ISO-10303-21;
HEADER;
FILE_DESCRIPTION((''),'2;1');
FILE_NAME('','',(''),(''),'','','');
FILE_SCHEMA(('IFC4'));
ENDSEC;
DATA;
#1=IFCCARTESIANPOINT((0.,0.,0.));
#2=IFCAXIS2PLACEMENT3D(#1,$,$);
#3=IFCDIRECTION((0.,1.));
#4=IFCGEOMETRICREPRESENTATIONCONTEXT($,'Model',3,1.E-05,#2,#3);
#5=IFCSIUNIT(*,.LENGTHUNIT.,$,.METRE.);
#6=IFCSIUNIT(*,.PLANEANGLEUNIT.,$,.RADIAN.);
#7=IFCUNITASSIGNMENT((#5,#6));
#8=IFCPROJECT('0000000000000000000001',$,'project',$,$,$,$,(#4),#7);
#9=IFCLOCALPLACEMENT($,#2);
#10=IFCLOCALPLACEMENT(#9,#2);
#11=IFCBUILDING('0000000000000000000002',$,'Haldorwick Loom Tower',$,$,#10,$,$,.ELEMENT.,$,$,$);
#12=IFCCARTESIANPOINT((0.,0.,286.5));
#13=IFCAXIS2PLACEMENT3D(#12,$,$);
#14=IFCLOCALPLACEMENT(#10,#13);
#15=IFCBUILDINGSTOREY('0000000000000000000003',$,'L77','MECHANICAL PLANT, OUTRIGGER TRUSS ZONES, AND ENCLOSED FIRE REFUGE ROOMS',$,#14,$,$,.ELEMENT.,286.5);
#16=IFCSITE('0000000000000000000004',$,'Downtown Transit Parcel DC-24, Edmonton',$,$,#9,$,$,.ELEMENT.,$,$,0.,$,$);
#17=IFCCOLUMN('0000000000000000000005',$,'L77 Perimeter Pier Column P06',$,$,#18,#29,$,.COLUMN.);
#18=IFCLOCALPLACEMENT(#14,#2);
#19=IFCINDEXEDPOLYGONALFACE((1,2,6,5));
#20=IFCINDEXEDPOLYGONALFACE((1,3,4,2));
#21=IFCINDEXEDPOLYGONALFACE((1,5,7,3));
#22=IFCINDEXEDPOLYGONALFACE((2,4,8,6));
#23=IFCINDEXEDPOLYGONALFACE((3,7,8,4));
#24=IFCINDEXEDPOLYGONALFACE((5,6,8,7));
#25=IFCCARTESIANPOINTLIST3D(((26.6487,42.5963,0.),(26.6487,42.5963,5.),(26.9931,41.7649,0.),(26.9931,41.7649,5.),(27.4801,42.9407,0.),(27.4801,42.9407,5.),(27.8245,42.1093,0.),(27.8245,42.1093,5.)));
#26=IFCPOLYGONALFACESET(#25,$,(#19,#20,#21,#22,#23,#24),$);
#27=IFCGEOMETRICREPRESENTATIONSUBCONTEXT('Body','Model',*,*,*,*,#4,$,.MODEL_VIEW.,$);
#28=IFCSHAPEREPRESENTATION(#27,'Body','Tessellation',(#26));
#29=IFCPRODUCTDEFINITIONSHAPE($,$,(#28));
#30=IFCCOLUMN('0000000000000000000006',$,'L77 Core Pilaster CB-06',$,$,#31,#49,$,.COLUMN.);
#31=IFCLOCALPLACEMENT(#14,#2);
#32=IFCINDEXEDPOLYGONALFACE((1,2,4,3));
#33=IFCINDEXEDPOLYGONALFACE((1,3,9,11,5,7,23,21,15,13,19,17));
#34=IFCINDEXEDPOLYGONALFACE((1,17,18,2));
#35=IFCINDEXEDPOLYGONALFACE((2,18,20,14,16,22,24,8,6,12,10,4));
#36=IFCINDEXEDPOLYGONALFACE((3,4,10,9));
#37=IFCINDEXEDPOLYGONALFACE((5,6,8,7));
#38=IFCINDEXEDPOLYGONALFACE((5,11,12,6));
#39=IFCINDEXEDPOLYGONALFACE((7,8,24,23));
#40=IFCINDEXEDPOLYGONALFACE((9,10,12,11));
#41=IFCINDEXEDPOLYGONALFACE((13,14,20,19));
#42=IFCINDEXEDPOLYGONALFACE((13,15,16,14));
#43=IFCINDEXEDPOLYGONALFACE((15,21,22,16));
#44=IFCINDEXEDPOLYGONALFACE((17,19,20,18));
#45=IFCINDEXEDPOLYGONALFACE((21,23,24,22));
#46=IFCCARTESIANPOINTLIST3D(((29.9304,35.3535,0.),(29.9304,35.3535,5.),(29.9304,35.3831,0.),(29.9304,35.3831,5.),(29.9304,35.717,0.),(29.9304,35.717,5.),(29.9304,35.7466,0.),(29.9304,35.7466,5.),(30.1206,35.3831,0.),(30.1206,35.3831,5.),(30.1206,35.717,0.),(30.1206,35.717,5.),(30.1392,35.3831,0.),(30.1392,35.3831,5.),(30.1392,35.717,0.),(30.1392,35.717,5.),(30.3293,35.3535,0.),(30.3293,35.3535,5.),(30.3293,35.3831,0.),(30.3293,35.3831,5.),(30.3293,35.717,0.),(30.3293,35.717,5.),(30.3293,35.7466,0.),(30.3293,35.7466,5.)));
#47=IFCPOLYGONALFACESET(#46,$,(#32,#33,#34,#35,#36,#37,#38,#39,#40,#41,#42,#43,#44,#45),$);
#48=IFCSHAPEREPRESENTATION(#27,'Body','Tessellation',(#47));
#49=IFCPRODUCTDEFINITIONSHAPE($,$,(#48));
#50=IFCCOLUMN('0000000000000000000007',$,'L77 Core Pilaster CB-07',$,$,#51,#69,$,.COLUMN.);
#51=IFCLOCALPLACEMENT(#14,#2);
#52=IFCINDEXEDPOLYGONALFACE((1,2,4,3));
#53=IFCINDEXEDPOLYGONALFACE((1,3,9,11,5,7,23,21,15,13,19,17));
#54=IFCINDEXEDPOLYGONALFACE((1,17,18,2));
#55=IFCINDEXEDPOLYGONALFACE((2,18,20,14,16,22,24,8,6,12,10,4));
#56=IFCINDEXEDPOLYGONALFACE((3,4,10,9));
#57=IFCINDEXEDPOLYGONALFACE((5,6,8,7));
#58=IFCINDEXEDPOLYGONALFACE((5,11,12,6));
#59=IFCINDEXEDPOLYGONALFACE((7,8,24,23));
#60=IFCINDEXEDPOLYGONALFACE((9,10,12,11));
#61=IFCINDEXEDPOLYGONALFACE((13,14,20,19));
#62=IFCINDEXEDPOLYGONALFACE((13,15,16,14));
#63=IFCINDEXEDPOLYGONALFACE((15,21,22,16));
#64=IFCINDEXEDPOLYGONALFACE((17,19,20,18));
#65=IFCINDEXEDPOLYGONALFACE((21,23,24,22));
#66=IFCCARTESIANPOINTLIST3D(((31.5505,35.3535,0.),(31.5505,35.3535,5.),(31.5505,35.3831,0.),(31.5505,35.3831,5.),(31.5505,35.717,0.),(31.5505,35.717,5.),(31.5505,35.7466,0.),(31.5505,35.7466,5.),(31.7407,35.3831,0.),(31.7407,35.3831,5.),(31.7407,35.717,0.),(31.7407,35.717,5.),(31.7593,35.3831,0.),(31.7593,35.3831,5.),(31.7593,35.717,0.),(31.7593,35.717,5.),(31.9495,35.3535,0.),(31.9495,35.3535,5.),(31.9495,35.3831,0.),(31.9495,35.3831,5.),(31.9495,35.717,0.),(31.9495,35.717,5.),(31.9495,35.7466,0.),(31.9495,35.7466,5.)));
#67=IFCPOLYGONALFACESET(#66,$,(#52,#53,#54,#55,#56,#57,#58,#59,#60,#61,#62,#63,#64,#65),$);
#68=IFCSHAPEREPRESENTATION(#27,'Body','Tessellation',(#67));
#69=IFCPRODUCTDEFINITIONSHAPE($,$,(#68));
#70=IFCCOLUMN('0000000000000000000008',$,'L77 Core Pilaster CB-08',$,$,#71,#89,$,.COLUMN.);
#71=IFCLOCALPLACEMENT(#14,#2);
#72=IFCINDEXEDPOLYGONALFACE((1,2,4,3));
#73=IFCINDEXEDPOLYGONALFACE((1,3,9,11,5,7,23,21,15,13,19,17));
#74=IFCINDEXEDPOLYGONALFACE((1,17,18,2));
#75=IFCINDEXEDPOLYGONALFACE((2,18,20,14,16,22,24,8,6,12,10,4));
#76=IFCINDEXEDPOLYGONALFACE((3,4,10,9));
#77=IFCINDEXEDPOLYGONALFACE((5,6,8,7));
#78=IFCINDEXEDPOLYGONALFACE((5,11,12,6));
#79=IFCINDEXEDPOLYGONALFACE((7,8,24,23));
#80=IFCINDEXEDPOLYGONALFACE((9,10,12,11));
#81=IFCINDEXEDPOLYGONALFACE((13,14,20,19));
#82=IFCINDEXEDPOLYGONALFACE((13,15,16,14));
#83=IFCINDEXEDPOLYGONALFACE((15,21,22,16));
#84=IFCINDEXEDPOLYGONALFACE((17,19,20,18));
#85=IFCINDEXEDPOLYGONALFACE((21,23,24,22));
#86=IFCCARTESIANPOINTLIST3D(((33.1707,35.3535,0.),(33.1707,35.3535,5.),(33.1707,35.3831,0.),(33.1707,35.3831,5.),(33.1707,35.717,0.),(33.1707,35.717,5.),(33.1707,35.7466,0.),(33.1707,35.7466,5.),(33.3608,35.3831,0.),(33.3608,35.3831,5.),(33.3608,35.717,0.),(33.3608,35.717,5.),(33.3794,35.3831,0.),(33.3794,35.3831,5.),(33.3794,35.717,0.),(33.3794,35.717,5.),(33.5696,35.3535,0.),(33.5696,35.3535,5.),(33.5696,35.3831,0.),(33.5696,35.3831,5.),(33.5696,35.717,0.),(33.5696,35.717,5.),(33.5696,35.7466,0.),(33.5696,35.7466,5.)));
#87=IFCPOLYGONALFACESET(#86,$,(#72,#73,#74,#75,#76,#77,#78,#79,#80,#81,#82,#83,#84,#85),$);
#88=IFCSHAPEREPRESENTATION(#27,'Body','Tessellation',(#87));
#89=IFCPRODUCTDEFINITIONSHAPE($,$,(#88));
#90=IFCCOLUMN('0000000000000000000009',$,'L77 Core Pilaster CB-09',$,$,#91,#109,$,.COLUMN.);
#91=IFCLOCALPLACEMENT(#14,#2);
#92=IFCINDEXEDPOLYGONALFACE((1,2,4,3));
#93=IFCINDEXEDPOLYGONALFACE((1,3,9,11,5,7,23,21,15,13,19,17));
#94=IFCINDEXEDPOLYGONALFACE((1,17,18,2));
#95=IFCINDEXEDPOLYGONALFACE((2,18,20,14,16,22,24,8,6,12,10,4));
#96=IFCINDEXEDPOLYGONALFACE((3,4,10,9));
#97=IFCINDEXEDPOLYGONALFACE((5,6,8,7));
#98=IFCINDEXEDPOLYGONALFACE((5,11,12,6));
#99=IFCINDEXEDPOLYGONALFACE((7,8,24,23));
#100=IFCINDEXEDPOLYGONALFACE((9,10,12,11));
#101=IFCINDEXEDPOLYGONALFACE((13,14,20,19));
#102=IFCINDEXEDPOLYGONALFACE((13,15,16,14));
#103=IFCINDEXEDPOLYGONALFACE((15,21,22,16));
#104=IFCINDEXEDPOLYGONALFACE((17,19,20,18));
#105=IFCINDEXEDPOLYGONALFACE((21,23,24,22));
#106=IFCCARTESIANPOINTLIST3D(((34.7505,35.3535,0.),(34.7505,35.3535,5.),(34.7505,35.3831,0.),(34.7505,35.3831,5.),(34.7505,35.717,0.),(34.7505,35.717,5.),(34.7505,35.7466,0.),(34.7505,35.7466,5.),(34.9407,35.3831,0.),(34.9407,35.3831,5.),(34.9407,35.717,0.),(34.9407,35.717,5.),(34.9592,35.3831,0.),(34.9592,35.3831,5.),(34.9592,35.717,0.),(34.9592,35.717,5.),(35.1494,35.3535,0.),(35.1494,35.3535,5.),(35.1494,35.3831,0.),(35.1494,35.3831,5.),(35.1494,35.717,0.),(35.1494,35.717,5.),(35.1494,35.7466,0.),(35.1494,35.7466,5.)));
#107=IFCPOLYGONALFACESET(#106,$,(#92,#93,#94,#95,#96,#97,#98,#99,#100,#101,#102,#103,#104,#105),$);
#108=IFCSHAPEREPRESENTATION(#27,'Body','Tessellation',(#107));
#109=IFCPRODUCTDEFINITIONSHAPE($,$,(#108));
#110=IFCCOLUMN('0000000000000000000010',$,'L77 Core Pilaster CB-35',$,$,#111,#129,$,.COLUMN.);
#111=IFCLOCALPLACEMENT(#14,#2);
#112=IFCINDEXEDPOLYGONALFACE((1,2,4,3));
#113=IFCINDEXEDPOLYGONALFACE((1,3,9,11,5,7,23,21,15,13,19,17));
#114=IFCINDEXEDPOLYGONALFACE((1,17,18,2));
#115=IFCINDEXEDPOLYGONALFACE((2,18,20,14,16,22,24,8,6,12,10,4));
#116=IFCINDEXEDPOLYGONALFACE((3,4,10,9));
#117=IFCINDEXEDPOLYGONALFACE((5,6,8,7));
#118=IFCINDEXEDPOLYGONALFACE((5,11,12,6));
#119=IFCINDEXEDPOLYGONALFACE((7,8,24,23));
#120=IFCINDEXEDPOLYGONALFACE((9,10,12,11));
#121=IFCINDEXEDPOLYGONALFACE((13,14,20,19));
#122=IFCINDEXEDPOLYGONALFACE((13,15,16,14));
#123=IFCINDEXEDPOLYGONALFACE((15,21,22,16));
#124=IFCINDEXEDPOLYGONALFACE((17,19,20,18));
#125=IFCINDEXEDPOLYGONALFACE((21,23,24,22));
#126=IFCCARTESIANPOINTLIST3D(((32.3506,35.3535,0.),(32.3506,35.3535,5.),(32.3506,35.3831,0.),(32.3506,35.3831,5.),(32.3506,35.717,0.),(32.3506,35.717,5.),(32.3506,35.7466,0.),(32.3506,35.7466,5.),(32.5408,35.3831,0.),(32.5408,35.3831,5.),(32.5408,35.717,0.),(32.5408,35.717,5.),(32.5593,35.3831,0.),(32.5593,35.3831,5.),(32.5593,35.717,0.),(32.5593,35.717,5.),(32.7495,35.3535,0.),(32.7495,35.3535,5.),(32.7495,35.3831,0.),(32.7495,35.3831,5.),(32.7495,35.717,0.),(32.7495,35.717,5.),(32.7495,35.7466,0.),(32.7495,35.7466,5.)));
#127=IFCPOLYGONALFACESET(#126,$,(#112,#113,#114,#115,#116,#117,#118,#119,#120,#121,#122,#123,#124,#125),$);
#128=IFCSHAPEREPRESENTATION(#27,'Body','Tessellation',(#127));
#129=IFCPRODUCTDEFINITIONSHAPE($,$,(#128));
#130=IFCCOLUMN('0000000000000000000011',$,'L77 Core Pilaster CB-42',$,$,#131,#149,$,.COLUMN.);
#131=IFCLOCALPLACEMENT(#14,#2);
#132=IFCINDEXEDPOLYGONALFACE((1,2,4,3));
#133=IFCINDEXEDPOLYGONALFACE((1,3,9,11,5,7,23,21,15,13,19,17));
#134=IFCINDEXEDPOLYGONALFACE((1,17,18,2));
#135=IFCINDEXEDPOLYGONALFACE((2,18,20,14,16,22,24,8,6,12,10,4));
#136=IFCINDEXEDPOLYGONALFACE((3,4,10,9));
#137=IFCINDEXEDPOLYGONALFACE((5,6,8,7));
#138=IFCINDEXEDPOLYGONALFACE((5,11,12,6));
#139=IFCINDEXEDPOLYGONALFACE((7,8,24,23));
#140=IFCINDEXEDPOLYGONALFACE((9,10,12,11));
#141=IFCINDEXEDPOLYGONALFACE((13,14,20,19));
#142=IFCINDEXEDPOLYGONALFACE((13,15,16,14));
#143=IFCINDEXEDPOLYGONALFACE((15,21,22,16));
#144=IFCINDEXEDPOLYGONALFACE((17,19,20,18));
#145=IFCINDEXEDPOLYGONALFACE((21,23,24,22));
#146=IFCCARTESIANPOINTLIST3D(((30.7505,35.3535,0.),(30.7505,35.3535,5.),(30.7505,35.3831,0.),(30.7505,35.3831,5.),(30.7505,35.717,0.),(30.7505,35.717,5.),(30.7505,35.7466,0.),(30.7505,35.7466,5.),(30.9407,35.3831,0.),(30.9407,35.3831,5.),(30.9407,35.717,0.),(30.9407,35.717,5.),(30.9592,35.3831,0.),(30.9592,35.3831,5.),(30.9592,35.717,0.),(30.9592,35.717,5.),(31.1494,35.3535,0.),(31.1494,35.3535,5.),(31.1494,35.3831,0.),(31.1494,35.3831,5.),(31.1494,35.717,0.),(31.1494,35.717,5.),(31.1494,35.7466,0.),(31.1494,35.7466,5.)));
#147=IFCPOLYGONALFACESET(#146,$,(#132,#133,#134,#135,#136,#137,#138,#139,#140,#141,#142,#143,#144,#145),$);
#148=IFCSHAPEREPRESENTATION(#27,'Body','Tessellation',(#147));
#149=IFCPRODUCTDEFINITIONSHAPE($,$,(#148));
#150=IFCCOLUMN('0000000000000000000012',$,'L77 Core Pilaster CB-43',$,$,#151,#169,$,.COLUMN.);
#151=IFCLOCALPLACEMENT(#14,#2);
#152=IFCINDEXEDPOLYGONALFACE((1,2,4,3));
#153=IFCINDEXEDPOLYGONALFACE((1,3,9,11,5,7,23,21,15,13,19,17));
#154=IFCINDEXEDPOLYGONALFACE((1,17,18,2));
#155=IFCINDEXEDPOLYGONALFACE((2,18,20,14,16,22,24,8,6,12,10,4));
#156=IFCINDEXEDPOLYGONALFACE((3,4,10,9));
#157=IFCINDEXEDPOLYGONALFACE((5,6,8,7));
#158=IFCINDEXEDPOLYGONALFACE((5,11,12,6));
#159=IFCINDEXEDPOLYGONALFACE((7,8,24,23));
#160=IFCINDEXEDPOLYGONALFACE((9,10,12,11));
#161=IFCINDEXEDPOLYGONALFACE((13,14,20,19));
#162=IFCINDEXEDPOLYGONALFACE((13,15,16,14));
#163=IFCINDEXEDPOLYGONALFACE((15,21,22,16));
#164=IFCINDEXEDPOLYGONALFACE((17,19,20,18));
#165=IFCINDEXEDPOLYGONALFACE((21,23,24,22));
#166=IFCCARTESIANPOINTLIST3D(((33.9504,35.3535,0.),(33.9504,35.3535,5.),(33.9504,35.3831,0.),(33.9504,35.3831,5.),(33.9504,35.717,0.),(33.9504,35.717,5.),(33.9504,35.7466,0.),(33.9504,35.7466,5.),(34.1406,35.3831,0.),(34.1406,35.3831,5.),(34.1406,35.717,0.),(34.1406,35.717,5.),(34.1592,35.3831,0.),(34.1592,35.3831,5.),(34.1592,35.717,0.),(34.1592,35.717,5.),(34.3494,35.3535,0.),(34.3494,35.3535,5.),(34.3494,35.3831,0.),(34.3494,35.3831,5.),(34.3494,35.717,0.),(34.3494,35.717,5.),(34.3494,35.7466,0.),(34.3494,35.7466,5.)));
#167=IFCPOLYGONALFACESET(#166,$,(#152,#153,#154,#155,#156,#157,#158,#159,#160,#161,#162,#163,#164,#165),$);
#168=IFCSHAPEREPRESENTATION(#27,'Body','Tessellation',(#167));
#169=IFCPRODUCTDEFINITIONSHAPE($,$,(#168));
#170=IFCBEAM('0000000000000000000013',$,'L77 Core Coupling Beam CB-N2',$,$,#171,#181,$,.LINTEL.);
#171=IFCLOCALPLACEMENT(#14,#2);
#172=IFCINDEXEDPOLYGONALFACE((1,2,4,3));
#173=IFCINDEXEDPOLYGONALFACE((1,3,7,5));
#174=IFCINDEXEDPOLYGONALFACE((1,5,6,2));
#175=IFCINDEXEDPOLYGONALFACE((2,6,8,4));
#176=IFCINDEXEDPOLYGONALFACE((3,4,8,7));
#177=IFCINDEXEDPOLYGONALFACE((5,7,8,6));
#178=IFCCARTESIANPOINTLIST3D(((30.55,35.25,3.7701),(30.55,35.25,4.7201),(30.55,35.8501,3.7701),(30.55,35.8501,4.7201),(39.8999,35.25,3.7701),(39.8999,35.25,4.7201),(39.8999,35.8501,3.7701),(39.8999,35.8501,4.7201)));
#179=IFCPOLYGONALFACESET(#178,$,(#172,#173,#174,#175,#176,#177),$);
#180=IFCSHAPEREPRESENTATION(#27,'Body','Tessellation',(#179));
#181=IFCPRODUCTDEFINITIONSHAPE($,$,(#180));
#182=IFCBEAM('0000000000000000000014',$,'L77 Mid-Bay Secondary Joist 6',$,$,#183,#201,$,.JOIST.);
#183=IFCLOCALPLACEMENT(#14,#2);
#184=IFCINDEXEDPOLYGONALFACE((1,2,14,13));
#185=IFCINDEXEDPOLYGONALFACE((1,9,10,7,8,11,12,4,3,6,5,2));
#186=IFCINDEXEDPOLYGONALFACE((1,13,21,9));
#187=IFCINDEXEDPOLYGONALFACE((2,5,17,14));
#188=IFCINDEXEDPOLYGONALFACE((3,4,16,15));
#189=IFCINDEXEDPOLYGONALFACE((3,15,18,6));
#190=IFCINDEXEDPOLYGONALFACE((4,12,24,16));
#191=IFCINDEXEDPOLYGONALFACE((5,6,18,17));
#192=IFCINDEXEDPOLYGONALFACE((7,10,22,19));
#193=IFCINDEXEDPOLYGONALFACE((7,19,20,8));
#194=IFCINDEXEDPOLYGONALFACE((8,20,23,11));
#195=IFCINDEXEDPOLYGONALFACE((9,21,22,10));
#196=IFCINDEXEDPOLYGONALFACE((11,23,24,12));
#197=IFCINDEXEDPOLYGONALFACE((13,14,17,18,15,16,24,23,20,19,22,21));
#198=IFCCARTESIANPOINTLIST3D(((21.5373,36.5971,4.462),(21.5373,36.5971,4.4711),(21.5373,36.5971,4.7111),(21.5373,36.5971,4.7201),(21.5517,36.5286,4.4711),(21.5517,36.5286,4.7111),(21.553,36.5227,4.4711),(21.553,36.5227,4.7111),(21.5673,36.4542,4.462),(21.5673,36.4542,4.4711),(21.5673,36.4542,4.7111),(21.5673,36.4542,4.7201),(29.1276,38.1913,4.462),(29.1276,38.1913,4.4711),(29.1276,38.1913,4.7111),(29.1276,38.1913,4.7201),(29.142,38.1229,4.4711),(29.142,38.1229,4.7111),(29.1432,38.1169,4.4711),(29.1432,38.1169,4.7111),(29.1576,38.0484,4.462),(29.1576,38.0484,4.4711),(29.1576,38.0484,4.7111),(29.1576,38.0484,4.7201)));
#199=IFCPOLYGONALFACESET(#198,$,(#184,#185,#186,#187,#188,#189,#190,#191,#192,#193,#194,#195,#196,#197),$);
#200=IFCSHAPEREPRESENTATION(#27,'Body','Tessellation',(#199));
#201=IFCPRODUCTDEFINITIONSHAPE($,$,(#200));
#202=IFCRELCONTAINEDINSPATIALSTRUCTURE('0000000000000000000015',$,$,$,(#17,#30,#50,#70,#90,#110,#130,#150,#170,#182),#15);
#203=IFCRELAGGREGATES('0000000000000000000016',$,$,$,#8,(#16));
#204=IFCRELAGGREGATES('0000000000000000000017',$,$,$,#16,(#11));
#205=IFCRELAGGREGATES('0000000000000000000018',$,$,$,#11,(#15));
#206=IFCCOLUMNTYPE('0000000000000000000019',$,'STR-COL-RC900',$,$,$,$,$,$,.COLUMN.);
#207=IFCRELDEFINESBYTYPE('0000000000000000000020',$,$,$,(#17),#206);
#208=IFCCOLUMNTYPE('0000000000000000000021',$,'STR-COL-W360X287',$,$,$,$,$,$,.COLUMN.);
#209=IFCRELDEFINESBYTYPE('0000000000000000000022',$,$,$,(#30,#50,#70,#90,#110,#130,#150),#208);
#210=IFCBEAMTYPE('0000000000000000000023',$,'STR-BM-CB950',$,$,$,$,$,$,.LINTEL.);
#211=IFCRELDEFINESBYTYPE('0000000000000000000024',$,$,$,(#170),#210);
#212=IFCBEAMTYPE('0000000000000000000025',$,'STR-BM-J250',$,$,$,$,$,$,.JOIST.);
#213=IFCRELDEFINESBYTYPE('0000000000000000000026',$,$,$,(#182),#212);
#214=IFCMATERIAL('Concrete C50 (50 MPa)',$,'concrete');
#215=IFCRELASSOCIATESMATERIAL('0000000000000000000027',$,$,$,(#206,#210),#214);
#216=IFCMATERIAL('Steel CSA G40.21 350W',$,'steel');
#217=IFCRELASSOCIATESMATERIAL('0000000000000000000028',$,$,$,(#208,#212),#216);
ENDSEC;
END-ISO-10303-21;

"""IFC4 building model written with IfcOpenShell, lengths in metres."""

from ifc_helpers import new_model, si_unit, direction, frame, origin, origin_2d, place, context, subcontext, project, spatial, rectangle, i_section, extrude, material, material_profile, profile_set, type_object, element, save


model = new_model("IFC4")

# Units and contexts
model_context = context("Model", 3, precision=1e-05, world=origin(), true_north=direction((0.0, 1.0)))
body_context = subcontext(model_context, "Body", "Model", "MODEL_VIEW")
ifc_project = project(units=[si_unit("LENGTHUNIT", "METRE"), si_unit("PLANEANGLEUNIT", "RADIAN")], contexts=[model_context])

# Site, building, storey
site_placement = place(None, origin())
site = spatial("IfcSite", under=ifc_project, at=site_placement, Name="Downtown Transit Parcel DC-24, Edmonton", CompositionType="ELEMENT", RefElevation=0.0)
building_placement = place(site_placement, origin())
building = spatial("IfcBuilding", under=site, at=building_placement, Name="Haldorwick Loom Tower", CompositionType="ELEMENT")
storey_placement = place(building_placement, frame((0.0, 0.0, 286.5)))
storey = spatial("IfcBuildingStorey", under=building, at=storey_placement, Name="L77", Description="MECHANICAL PLANT, OUTRIGGER TRUSS ZONES, AND ENCLOSED FIRE REFUGE ROOMS", CompositionType="ELEMENT", Elevation=286.5)

# Columns
ifc_material_1 = material(Name="Concrete C50 (50 MPa)", Category="concrete")
ifc_material_profile_1 = material_profile(ifc_material_1, rectangle(XDim=0.8999, YDim=0.8999, at=origin_2d()), Name="RC900X900", Category="concrete")
ifc_profile_set_1 = profile_set([ifc_material_profile_1], Name="Concrete C50 (50 MPa)")
column_type_1 = type_object("IfcColumnType", Name="STR-COL-RC900", PredefinedType="COLUMN", material=ifc_profile_set_1)
column_placement = place(storey_placement, frame((27.2366, 42.3528, 0.0), z_axis=(0.0, 0.0, 1.0), x_axis=(-0.382683, 0.92388, 0.0)))
element("IfcColumn", 1, at=column_placement, inside=storey, type_object=column_type_1, Name="L77 Perimeter Pier Column P06", PredefinedType="COLUMN", context=body_context, shape_type="SweptSolid", body=[
    extrude(rectangle(XDim=0.8999, YDim=0.8999, at=origin_2d()), origin(), (0.0, 0.0, 1.0), 5.0),
])
ifc_material_2 = material(Name="Steel CSA G40.21 350W", Category="steel")
ifc_material_profile_2 = material_profile(ifc_material_2, i_section(OverallWidth=0.3989, OverallDepth=0.3931, WebThickness=0.0186, FlangeThickness=0.0295, at=origin_2d()), Name="W360X287", Category="steel")
ifc_profile_set_2 = profile_set([ifc_material_profile_2], Name="Steel CSA G40.21 350W")
column_type_2 = type_object("IfcColumnType", Name="STR-COL-W360X287", PredefinedType="COLUMN", material=ifc_profile_set_2)
for number, where, z_axis, x_axis, name in (
    (2, (30.1299, 35.55, 0.0), (0.0, 0.0, 1.0), (1.0, 0.0, 0.0), "L77 Core Pilaster CB-06"),
    (3, (31.75, 35.55, 0.0), (0.0, 0.0, 1.0), (1.0, 0.0, 0.0), "L77 Core Pilaster CB-07"),
    (4, (33.3701, 35.55, 0.0), (0.0, 0.0, 1.0), (1.0, 0.0, 0.0), "L77 Core Pilaster CB-08"),
    (5, (34.95, 35.55, 0.0), (0.0, 0.0, 1.0), (1.0, 0.0, 0.0), "L77 Core Pilaster CB-09"),
    (6, (32.55, 35.55, 0.0), (0.0, 0.0, 1.0), (1.0, 0.0, 0.0), "L77 Core Pilaster CB-35"),
    (7, (30.95, 35.55, 0.0), (0.0, 0.0, 1.0), (1.0, 0.0, 0.0), "L77 Core Pilaster CB-42"),
    (8, (34.1499, 35.55, 0.0), (0.0, 0.0, 1.0), (1.0, 0.0, 0.0), "L77 Core Pilaster CB-43"),
):
    element("IfcColumn", number, at=place(storey_placement, frame(where, z_axis=z_axis, x_axis=x_axis)), inside=storey, type_object=column_type_2, Name=name, PredefinedType="COLUMN", context=body_context, shape_type="SweptSolid", body=[
        extrude(i_section(OverallWidth=0.3989, OverallDepth=0.3931, WebThickness=0.0186, FlangeThickness=0.0295, at=origin_2d()), origin(), (0.0, 0.0, 1.0), 5.0),
    ])

# Beams
ifc_material_profile_3 = material_profile(ifc_material_1, rectangle(XDim=0.6001, YDim=0.95, at=origin_2d()), Name="RC600X950", Category="concrete")
ifc_profile_set_3 = profile_set([ifc_material_profile_3], Name="Concrete C50 (50 MPa)")
beam_type_1 = type_object("IfcBeamType", Name="STR-BM-CB950", PredefinedType="LINTEL", material=ifc_profile_set_3)
beam_1_placement = place(storey_placement, frame((30.55, 35.55, 4.2451), z_axis=(1.0, 0.0, 0.0), x_axis=(0.0, 1.0, 0.0)))
element("IfcBeam", 9, at=beam_1_placement, inside=storey, type_object=beam_type_1, Name="L77 Core Coupling Beam CB-N2", PredefinedType="LINTEL", context=body_context, shape_type="SweptSolid", body=[
    extrude(rectangle(XDim=0.6001, YDim=0.95, at=origin_2d()), origin(), (0.0, 0.0, 1.0), 9.3499),
])
ifc_material_profile_4 = material_profile(ifc_material_2, i_section(OverallWidth=0.146, OverallDepth=0.2581, WebThickness=0.0061, FlangeThickness=0.009, at=origin_2d()), Name="W250X33", Category="steel")
ifc_profile_set_4 = profile_set([ifc_material_profile_4], Name="Steel CSA G40.21 350W")
beam_type_2 = type_object("IfcBeamType", Name="STR-BM-J250", PredefinedType="JOIST", material=ifc_profile_set_4)
beam_2_placement = place(storey_placement, frame((29.1426, 38.1199, 4.5911), z_axis=(-0.978647, -0.20555, 0.0), x_axis=(0.20555, -0.978647, 0.0)))
element("IfcBeam", 10, at=beam_2_placement, inside=storey, type_object=beam_type_2, Name="L77 Mid-Bay Secondary Joist 6", PredefinedType="JOIST", context=body_context, shape_type="SweptSolid", body=[
    extrude(i_section(OverallWidth=0.146, OverallDepth=0.2581, WebThickness=0.0061, FlangeThickness=0.009, at=origin_2d()), origin(), (0.0, 0.0, 1.0), 7.7559),
])

save(model, "model.ifc")
